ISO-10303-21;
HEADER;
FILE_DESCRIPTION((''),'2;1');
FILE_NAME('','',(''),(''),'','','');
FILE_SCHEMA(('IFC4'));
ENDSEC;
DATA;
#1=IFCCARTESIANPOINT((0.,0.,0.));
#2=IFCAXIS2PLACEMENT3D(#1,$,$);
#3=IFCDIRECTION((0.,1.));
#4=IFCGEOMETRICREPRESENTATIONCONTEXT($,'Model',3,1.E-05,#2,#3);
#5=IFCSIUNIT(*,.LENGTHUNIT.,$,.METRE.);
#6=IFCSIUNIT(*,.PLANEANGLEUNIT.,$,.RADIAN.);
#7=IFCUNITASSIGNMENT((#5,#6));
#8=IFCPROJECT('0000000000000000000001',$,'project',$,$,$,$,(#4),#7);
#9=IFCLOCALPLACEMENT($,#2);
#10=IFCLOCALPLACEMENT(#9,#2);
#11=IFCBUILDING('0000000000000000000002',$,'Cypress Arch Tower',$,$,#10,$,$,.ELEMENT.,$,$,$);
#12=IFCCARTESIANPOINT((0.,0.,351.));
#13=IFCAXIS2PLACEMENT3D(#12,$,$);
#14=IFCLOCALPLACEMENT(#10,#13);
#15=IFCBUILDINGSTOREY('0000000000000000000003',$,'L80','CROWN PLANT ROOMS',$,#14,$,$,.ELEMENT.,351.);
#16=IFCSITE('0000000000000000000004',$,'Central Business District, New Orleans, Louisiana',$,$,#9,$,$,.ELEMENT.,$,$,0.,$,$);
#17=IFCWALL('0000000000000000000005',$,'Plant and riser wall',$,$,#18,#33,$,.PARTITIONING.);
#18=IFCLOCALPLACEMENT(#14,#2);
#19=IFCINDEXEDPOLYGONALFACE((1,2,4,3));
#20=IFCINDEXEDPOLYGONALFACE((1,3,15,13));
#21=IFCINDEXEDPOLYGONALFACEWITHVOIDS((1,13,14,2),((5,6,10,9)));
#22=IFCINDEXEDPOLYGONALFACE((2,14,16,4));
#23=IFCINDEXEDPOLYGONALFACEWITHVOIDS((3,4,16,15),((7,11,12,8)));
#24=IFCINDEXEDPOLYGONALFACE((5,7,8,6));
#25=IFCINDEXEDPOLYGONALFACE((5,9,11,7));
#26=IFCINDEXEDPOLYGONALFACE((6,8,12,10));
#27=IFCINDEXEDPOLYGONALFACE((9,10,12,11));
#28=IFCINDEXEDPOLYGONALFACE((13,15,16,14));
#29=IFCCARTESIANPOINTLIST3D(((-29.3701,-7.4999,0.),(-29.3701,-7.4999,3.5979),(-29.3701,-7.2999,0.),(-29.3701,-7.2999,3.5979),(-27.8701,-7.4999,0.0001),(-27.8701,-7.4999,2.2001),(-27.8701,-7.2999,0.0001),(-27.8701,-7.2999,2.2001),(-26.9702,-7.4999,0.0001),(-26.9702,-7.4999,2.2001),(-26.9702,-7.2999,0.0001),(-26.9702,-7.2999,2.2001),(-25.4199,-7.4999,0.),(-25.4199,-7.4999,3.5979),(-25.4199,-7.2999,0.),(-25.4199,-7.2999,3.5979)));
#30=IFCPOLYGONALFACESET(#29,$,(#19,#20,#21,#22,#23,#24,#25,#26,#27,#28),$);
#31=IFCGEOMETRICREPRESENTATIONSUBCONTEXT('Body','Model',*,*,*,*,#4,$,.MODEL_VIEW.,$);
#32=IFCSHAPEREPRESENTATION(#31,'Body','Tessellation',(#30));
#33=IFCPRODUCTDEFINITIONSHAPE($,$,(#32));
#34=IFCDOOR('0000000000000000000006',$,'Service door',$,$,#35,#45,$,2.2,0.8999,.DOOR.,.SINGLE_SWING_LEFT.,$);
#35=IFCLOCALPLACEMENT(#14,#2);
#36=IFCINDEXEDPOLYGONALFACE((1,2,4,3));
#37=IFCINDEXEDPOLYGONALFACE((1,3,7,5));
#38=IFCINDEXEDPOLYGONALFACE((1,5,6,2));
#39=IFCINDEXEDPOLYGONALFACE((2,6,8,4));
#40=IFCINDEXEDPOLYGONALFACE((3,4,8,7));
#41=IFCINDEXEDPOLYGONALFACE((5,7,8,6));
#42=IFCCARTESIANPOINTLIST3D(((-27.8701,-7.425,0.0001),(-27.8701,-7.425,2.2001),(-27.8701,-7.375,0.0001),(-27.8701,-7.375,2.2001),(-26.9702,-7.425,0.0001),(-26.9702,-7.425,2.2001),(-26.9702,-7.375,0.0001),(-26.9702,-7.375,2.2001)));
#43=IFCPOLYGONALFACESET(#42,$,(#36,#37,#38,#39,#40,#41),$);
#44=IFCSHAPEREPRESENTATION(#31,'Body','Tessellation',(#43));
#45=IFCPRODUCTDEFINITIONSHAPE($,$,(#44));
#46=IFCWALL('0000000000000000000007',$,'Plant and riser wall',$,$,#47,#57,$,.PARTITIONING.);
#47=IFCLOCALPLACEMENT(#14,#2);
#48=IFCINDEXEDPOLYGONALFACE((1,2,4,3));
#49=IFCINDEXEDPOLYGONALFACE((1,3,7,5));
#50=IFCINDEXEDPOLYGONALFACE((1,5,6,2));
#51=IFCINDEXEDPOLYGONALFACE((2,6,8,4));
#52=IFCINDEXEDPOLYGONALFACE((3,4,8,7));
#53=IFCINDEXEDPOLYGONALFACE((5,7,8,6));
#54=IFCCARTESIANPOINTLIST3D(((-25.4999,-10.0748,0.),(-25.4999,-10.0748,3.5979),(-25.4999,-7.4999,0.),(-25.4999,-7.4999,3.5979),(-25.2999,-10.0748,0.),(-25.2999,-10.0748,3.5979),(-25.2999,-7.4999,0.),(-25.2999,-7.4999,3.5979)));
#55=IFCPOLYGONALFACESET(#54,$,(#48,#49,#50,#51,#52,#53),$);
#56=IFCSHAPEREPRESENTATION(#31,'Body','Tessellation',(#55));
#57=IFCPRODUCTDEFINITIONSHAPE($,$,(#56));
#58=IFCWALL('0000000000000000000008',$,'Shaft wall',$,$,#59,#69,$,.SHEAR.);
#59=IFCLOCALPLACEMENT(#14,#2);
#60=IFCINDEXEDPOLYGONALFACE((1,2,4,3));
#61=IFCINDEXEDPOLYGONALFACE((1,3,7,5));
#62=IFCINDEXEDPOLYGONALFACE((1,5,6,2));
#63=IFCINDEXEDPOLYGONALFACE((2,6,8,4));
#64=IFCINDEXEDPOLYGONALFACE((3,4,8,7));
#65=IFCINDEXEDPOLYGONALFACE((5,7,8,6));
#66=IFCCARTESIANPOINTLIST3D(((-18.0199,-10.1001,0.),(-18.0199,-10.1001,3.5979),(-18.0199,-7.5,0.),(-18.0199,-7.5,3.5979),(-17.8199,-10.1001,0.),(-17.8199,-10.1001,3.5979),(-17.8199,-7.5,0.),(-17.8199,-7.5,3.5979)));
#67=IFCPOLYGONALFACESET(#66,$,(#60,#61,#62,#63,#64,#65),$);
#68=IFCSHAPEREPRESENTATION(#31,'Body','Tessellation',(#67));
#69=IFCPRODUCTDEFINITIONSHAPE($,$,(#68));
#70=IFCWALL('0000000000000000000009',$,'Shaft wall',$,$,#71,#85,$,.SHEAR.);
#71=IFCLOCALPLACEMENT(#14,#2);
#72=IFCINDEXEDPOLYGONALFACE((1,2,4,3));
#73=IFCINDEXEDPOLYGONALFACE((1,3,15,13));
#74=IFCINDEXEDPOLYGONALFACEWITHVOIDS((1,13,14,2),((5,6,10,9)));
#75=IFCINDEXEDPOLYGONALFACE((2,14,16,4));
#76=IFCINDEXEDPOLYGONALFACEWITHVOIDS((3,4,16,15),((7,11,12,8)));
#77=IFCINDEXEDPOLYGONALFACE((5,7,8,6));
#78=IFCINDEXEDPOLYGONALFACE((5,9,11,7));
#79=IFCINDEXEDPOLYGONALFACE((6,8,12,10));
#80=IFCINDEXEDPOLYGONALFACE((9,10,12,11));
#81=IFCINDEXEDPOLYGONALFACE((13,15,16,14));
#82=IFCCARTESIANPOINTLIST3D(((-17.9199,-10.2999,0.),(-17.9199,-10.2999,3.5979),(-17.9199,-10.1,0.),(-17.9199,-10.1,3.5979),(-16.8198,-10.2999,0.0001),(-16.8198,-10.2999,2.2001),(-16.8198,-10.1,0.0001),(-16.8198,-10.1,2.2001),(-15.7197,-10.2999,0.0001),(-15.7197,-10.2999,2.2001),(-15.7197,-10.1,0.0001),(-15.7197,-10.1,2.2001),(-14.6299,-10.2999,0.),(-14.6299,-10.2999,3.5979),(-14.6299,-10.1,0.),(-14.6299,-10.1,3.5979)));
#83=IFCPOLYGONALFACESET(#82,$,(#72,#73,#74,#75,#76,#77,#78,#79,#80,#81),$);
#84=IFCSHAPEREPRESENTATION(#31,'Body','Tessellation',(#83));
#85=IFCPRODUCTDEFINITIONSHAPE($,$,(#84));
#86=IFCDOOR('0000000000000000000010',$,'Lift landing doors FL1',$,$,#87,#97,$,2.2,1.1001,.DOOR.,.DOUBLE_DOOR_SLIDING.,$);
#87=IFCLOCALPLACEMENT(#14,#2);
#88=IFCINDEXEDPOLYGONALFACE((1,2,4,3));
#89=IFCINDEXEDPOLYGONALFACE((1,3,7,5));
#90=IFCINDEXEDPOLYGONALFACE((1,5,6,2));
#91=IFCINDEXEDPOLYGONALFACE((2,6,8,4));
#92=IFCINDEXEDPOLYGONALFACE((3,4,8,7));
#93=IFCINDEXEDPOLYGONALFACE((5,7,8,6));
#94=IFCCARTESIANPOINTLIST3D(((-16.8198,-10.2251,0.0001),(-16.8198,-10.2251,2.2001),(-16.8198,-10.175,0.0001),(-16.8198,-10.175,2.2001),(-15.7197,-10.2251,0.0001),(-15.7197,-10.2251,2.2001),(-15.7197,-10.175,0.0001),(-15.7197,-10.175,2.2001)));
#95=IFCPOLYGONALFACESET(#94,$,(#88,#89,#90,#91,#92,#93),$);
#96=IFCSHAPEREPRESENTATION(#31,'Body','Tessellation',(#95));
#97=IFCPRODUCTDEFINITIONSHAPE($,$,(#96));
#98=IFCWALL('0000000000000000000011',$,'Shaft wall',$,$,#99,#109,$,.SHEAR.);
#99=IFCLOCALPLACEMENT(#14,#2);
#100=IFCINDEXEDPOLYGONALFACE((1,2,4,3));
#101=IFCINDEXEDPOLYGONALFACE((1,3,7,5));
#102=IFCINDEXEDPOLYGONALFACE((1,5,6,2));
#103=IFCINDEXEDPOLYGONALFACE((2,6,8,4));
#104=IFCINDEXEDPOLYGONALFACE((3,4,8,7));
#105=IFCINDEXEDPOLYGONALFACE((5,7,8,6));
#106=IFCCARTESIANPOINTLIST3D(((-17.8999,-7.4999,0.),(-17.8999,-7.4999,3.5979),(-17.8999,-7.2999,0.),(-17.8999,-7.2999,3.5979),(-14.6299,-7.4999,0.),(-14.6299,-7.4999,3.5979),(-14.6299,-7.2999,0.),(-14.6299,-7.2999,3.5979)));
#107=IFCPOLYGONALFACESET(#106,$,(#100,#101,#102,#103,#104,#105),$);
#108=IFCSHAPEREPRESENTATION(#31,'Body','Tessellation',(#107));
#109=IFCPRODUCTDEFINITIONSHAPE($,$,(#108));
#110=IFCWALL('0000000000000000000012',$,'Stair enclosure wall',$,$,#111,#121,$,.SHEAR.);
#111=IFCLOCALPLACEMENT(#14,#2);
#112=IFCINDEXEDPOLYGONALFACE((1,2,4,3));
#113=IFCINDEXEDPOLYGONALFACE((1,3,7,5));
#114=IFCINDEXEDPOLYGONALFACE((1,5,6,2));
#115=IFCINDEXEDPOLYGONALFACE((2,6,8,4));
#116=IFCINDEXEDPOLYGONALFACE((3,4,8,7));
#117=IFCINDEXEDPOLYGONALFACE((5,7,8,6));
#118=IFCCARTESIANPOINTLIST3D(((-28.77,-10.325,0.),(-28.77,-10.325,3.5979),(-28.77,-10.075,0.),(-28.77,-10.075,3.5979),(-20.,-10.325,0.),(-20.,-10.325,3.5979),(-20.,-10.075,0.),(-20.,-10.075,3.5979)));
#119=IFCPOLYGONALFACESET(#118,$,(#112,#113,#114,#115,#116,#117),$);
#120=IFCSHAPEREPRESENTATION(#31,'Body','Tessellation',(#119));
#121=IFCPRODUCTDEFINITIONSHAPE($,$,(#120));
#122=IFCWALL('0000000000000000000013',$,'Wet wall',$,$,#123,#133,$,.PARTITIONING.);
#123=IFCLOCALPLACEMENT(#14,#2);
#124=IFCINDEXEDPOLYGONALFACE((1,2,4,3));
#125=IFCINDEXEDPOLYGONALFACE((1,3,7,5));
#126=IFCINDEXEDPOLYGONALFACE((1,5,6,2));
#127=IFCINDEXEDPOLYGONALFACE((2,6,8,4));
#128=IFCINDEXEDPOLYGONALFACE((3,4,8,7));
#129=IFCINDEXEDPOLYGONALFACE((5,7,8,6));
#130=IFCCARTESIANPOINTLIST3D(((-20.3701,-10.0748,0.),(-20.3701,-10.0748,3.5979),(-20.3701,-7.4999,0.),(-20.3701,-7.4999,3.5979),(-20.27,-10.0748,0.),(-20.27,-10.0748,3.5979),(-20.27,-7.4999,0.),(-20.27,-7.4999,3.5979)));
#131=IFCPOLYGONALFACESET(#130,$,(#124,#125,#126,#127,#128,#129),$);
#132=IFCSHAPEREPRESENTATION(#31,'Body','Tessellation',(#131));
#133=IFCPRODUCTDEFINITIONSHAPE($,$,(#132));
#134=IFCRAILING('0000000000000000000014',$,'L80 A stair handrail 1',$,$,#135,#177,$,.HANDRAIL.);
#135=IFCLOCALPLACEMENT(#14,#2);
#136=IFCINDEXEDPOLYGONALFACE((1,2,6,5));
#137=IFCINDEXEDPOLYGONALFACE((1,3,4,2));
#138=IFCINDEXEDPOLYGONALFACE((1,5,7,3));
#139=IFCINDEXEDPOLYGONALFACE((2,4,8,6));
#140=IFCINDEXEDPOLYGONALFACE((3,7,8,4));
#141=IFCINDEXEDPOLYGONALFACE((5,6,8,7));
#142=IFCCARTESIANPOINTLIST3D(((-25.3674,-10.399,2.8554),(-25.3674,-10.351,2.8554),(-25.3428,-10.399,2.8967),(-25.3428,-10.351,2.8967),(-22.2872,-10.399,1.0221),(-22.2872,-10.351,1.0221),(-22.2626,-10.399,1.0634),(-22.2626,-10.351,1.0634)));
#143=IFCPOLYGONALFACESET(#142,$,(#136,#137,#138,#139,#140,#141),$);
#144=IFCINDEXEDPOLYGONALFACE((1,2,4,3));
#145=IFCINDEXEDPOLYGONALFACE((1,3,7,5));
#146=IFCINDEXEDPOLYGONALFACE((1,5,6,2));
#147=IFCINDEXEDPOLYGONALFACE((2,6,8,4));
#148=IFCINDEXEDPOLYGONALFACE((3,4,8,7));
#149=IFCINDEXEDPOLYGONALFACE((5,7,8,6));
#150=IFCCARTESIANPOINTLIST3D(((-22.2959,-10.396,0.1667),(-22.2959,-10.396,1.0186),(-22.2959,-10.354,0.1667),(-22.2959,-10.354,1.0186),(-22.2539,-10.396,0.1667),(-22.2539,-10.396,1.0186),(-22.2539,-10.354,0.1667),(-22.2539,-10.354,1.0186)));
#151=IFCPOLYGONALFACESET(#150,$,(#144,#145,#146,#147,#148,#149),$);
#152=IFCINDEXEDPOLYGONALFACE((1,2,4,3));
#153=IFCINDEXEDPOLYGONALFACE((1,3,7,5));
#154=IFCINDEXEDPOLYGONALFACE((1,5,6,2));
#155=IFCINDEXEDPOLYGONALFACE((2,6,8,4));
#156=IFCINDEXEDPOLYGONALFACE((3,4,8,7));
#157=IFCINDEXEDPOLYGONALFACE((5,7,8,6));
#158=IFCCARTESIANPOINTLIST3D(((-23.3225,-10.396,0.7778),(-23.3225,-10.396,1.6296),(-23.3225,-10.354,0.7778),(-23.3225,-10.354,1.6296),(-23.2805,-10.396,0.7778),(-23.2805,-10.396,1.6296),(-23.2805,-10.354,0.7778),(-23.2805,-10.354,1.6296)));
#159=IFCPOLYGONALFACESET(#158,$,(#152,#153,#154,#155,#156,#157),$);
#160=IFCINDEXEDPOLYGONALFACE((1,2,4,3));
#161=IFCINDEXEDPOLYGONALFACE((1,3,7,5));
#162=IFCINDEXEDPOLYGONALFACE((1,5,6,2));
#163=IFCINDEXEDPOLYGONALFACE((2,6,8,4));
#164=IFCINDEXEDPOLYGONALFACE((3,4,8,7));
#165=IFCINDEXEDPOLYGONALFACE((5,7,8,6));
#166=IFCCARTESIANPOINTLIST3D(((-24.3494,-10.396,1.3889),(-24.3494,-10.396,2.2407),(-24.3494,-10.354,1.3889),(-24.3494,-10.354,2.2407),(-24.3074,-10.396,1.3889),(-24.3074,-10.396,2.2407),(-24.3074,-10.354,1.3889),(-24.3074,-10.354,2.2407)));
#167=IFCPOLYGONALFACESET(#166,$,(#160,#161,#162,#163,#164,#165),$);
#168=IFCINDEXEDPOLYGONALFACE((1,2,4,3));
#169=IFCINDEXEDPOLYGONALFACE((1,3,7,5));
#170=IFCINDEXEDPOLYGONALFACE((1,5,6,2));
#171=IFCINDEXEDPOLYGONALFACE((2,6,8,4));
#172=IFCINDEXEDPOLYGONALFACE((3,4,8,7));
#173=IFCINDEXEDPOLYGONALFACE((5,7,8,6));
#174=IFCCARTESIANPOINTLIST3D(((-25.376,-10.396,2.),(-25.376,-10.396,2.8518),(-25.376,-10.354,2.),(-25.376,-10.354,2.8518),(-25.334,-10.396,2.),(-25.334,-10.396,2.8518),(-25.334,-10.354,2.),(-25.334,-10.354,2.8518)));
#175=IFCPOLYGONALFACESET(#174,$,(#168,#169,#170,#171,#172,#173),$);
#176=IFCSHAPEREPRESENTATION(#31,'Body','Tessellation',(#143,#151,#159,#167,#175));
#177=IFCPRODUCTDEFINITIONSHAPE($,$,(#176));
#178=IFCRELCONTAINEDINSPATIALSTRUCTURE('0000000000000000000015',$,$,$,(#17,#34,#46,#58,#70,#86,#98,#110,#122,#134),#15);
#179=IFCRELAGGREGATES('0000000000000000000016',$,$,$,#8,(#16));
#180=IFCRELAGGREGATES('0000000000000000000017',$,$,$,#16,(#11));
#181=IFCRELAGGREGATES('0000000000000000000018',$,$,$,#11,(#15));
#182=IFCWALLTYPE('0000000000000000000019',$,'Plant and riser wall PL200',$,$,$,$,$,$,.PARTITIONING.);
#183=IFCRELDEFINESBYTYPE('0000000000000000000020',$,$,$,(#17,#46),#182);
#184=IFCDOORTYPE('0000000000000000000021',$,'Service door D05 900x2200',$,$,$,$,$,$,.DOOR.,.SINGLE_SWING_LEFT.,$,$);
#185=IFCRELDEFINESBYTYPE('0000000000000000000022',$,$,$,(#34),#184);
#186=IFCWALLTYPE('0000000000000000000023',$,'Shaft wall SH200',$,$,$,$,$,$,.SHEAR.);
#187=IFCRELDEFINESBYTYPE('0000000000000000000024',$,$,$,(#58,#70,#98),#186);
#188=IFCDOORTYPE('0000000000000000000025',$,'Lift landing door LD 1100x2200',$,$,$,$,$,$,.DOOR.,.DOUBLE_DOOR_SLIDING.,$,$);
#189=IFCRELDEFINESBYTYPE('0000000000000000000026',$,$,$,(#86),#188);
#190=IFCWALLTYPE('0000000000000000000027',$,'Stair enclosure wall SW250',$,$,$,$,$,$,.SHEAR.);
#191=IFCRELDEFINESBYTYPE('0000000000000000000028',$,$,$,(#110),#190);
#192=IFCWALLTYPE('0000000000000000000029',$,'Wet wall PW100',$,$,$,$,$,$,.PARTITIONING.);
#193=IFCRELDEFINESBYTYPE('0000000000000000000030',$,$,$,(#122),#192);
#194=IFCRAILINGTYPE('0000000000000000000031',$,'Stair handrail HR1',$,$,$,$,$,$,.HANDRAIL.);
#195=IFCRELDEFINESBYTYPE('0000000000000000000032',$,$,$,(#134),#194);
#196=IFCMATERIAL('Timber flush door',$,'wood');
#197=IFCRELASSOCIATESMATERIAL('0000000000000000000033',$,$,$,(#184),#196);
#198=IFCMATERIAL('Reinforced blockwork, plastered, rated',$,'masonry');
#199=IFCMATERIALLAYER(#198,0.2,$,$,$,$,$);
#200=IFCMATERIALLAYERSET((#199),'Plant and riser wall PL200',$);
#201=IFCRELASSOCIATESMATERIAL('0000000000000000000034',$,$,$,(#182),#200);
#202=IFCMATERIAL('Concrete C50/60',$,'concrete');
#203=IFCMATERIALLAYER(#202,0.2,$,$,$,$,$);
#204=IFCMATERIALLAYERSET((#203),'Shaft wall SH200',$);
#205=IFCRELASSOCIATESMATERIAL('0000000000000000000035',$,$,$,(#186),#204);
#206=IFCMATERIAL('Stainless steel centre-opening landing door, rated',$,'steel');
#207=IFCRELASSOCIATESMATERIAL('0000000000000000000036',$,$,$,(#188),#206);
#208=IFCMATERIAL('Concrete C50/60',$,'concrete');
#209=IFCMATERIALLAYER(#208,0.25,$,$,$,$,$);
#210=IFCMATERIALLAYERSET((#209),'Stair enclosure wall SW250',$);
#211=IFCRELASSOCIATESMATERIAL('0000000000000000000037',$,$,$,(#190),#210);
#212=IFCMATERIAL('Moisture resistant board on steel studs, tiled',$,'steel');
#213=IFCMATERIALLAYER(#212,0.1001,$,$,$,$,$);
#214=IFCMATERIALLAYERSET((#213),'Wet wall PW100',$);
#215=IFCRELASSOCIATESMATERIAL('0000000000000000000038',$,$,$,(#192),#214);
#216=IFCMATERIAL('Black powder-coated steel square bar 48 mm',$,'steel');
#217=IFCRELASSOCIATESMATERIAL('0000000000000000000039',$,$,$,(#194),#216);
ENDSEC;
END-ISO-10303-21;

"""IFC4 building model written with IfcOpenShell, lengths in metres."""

from ifc_helpers import new_model, si_unit, direction, frame, frame_2d, origin, origin_2d, place, context, subcontext, project, spatial, rectangle, extrude, material, layer, layer_set, type_object, element, fill, save


model = new_model("IFC4")

# Units and contexts
model_context = context("Model", 3, precision=1e-05, world=origin(), true_north=direction((0.0, 1.0)))
body_context = subcontext(model_context, "Body", "Model", "MODEL_VIEW")
ifc_project = project(units=[si_unit("LENGTHUNIT", "METRE"), si_unit("PLANEANGLEUNIT", "RADIAN")], contexts=[model_context])

# Site, building, storey
site_placement = place(None, origin())
site = spatial("IfcSite", under=ifc_project, at=site_placement, Name="Central Business District, New Orleans, Louisiana", CompositionType="ELEMENT", RefElevation=0.0)
building_placement = place(site_placement, origin())
building = spatial("IfcBuilding", under=site, at=building_placement, Name="Cypress Arch Tower", CompositionType="ELEMENT")
storey_placement = place(building_placement, frame((0.0, 0.0, 351.0)))
storey = spatial("IfcBuildingStorey", under=building, at=storey_placement, Name="L80", Description="CROWN PLANT ROOMS", CompositionType="ELEMENT", Elevation=351.0)

# Shared definitions
ifc_material_1 = material(Name="Timber flush door", Category="wood")
door_type_1 = type_object("IfcDoorType", Name="Service door D05 900x2200", OperationType="SINGLE_SWING_LEFT", PredefinedType="DOOR", material=ifc_material_1)

# Wall, opening, door
ifc_material_2 = material(Name="Reinforced blockwork, plastered, rated", Category="masonry")
ifc_layer_1 = layer(ifc_material_2, 0.2)
ifc_layer_set_1 = layer_set([ifc_layer_1], Name="Plant and riser wall PL200")
wall_type_1 = type_object("IfcWallType", Name="Plant and riser wall PL200", PredefinedType="PARTITIONING", material=ifc_layer_set_1)
wall_1_placement = place(storey_placement, frame((-29.3701, -7.3999, 0.0), z_axis=(0.0, 0.0, 1.0), x_axis=(1.0, 0.0, 0.0)))
wall_1 = element("IfcWall", 1, at=wall_1_placement, inside=storey, type_object=wall_type_1, Name="Plant and riser wall", PredefinedType="PARTITIONING", context=body_context, shape_type="SweptSolid", body=[
    extrude(rectangle(XDim=3.9502, YDim=0.2, at=frame_2d((1.9751, 0.0))), origin(), (0.0, 0.0, 1.0), 3.5979),
])
opening_1_placement = place(wall_1_placement, frame((1.5, 0.0, 0.0)))
opening_1 = element("IfcOpeningElement", 2, at=opening_1_placement, cuts=wall_1, PredefinedType="OPENING", context=body_context, shape_type="SweptSolid", body=[
    extrude(rectangle(XDim=0.8999, YDim=2.2, at=frame_2d((0.45, 1.1001))), frame((0.0, 0.1099, 0.0), z_axis=(0.0, -1.0, 0.0), x_axis=(1.0, 0.0, 0.0)), (0.0, 0.0, 1.0), 0.22),
])
door_1_placement = place(opening_1_placement, origin())
door_1 = element("IfcDoor", 3, at=door_1_placement, inside=storey, type_object=door_type_1, Name="Service door", OperationType="SINGLE_SWING_LEFT", OverallHeight=2.2, OverallWidth=0.8999, PredefinedType="DOOR", context=body_context, shape_type="SweptSolid", body=[
    extrude(rectangle(XDim=0.8999, YDim=2.2, at=frame_2d((0.45, 1.1001))), frame((0.0, 0.0249, 0.0), z_axis=(0.0, -1.0, 0.0), x_axis=(1.0, 0.0, 0.0)), (0.0, 0.0, 1.0), 0.05),
])
fill(opening_1, door_1)

# Walls
wall_2_placement = place(storey_placement, frame((-25.3999, -10.075, 0.0), z_axis=(0.0, 0.0, 1.0), x_axis=(0.0, 1.0, 0.0)))
element("IfcWall", 4, at=wall_2_placement, inside=storey, type_object=wall_type_1, Name="Plant and riser wall", PredefinedType="PARTITIONING", context=body_context, shape_type="SweptSolid", body=[
    extrude(rectangle(XDim=2.575, YDim=0.2, at=frame_2d((1.2876, 0.0))), origin(), (0.0, 0.0, 1.0), 3.5979),
])
ifc_material_3 = material(Name="Concrete C50/60", Category="concrete")
ifc_layer_2 = layer(ifc_material_3, 0.2)
ifc_layer_set_2 = layer_set([ifc_layer_2], Name="Shaft wall SH200")
wall_type_2 = type_object("IfcWallType", Name="Shaft wall SH200", PredefinedType="SHEAR", material=ifc_layer_set_2)
wall_3_placement = place(storey_placement, frame((-17.9199, -10.1001, 0.0), z_axis=(0.0, 0.0, 1.0), x_axis=(0.0, 1.0, 0.0)))
element("IfcWall", 5, at=wall_3_placement, inside=storey, type_object=wall_type_2, Name="Shaft wall", PredefinedType="SHEAR", context=body_context, shape_type="SweptSolid", body=[
    extrude(rectangle(XDim=2.6001, YDim=0.2, at=frame_2d((1.3, 0.0))), origin(), (0.0, 0.0, 1.0), 3.5979),
])

# Wall, opening, door
wall_4_placement = place(storey_placement, frame((-17.9199, -10.2, 0.0), z_axis=(0.0, 0.0, 1.0), x_axis=(1.0, 0.0, 0.0)))
wall_4 = element("IfcWall", 6, at=wall_4_placement, inside=storey, type_object=wall_type_2, Name="Shaft wall", PredefinedType="SHEAR", context=body_context, shape_type="SweptSolid", body=[
    extrude(rectangle(XDim=3.29, YDim=0.2, at=frame_2d((1.645, 0.0))), origin(), (0.0, 0.0, 1.0), 3.5979),
])
opening_2_placement = place(wall_4_placement, frame((1.1001, 0.0, 0.0)))
opening_2 = element("IfcOpeningElement", 7, at=opening_2_placement, cuts=wall_4, PredefinedType="OPENING", context=body_context, shape_type="SweptSolid", body=[
    extrude(rectangle(XDim=1.1001, YDim=2.2, at=frame_2d((0.55, 1.1001))), frame((0.0, 0.1099, 0.0), z_axis=(0.0, -1.0, 0.0), x_axis=(1.0, 0.0, 0.0)), (0.0, 0.0, 1.0), 0.22),
])
ifc_material_4 = material(Name="Stainless steel centre-opening landing door, rated", Category="steel")
door_type_2 = type_object("IfcDoorType", Name="Lift landing door LD 1100x2200", OperationType="DOUBLE_DOOR_SLIDING", PredefinedType="DOOR", material=ifc_material_4)
door_2_placement = place(opening_2_placement, origin())
door_2 = element("IfcDoor", 8, at=door_2_placement, inside=storey, type_object=door_type_2, Name="Lift landing doors FL1", OperationType="DOUBLE_DOOR_SLIDING", OverallHeight=2.2, OverallWidth=1.1001, PredefinedType="DOOR", context=body_context, shape_type="SweptSolid", body=[
    extrude(rectangle(XDim=1.1001, YDim=2.2, at=frame_2d((0.55, 1.1001))), frame((0.0, 0.0249, 0.0), z_axis=(0.0, -1.0, 0.0), x_axis=(1.0, 0.0, 0.0)), (0.0, 0.0, 1.0), 0.05),
])
fill(opening_2, door_2)

# Walls
wall_5_placement = place(storey_placement, frame((-17.8999, -7.3999, 0.0), z_axis=(0.0, 0.0, 1.0), x_axis=(1.0, 0.0, 0.0)))
element("IfcWall", 9, at=wall_5_placement, inside=storey, type_object=wall_type_2, Name="Shaft wall", PredefinedType="SHEAR", context=body_context, shape_type="SweptSolid", body=[
    extrude(rectangle(XDim=3.27, YDim=0.2, at=frame_2d((1.635, 0.0))), origin(), (0.0, 0.0, 1.0), 3.5979),
])
ifc_material_5 = material(Name="Concrete C50/60", Category="concrete")
ifc_layer_3 = layer(ifc_material_5, 0.25)
ifc_layer_set_3 = layer_set([ifc_layer_3], Name="Stair enclosure wall SW250")
wall_type_3 = type_object("IfcWallType", Name="Stair enclosure wall SW250", PredefinedType="SHEAR", material=ifc_layer_set_3)
wall_6_placement = place(storey_placement, frame((-28.77, -10.2, 0.0), z_axis=(0.0, 0.0, 1.0), x_axis=(1.0, 0.0, 0.0)))
element("IfcWall", 10, at=wall_6_placement, inside=storey, type_object=wall_type_3, Name="Stair enclosure wall", PredefinedType="SHEAR", context=body_context, shape_type="SweptSolid", body=[
    extrude(rectangle(XDim=8.77, YDim=0.25, at=frame_2d((4.385, 0.0))), origin(), (0.0, 0.0, 1.0), 3.5979),
])
ifc_material_6 = material(Name="Moisture resistant board on steel studs, tiled", Category="steel")
ifc_layer_4 = layer(ifc_material_6, 0.1001)
ifc_layer_set_4 = layer_set([ifc_layer_4], Name="Wet wall PW100")
wall_type_4 = type_object("IfcWallType", Name="Wet wall PW100", PredefinedType="PARTITIONING", material=ifc_layer_set_4)
wall_7_placement = place(storey_placement, frame((-20.3201, -10.075, 0.0), z_axis=(0.0, 0.0, 1.0), x_axis=(0.0, 1.0, 0.0)))
element("IfcWall", 11, at=wall_7_placement, inside=storey, type_object=wall_type_4, Name="Wet wall", PredefinedType="PARTITIONING", context=body_context, shape_type="SweptSolid", body=[
    extrude(rectangle(XDim=2.575, YDim=0.1001, at=frame_2d((1.2876, 0.0))), origin(), (0.0, 0.0, 1.0), 3.5979),
])

# Railing
ifc_material_7 = material(Name="Black powder-coated steel square bar 48 mm", Category="steel")
railing_type = type_object("IfcRailingType", Name="Stair handrail HR1", PredefinedType="HANDRAIL", material=ifc_material_7)
railing_placement = place(storey_placement, frame((-22.2749, -10.375, 0.1667)))
element("IfcRailing", 12, at=railing_placement, inside=storey, type_object=railing_type, Name="L80 A stair handrail 1", PredefinedType="HANDRAIL", context=body_context, shape_type="SweptSolid", body=[
    extrude(rectangle(XDim=0.0481, YDim=0.0481, at=origin_2d()), frame((0.0, 0.0, 0.876), z_axis=(-0.859309, 0.0, 0.511458), x_axis=(0.0, -1.0, 0.0)), (0.0, 0.0, 1.0), 3.5845),
    extrude(rectangle(XDim=0.042, YDim=0.042, at=origin_2d()), origin(), (0.0, 0.0, 1.0), 0.8518),
    extrude(rectangle(XDim=0.042, YDim=0.042, at=origin_2d()), frame((-1.0266, 0.0, 0.6111)), (0.0, 0.0, 1.0), 0.8518),
    extrude(rectangle(XDim=0.042, YDim=0.042, at=origin_2d()), frame((-2.0535, 0.0, 1.2222)), (0.0, 0.0, 1.0), 0.8518),
    extrude(rectangle(XDim=0.042, YDim=0.042, at=origin_2d()), frame((-3.0801, 0.0, 1.8333)), (0.0, 0.0, 1.0), 0.8518),
])

save(model, "model.ifc")
